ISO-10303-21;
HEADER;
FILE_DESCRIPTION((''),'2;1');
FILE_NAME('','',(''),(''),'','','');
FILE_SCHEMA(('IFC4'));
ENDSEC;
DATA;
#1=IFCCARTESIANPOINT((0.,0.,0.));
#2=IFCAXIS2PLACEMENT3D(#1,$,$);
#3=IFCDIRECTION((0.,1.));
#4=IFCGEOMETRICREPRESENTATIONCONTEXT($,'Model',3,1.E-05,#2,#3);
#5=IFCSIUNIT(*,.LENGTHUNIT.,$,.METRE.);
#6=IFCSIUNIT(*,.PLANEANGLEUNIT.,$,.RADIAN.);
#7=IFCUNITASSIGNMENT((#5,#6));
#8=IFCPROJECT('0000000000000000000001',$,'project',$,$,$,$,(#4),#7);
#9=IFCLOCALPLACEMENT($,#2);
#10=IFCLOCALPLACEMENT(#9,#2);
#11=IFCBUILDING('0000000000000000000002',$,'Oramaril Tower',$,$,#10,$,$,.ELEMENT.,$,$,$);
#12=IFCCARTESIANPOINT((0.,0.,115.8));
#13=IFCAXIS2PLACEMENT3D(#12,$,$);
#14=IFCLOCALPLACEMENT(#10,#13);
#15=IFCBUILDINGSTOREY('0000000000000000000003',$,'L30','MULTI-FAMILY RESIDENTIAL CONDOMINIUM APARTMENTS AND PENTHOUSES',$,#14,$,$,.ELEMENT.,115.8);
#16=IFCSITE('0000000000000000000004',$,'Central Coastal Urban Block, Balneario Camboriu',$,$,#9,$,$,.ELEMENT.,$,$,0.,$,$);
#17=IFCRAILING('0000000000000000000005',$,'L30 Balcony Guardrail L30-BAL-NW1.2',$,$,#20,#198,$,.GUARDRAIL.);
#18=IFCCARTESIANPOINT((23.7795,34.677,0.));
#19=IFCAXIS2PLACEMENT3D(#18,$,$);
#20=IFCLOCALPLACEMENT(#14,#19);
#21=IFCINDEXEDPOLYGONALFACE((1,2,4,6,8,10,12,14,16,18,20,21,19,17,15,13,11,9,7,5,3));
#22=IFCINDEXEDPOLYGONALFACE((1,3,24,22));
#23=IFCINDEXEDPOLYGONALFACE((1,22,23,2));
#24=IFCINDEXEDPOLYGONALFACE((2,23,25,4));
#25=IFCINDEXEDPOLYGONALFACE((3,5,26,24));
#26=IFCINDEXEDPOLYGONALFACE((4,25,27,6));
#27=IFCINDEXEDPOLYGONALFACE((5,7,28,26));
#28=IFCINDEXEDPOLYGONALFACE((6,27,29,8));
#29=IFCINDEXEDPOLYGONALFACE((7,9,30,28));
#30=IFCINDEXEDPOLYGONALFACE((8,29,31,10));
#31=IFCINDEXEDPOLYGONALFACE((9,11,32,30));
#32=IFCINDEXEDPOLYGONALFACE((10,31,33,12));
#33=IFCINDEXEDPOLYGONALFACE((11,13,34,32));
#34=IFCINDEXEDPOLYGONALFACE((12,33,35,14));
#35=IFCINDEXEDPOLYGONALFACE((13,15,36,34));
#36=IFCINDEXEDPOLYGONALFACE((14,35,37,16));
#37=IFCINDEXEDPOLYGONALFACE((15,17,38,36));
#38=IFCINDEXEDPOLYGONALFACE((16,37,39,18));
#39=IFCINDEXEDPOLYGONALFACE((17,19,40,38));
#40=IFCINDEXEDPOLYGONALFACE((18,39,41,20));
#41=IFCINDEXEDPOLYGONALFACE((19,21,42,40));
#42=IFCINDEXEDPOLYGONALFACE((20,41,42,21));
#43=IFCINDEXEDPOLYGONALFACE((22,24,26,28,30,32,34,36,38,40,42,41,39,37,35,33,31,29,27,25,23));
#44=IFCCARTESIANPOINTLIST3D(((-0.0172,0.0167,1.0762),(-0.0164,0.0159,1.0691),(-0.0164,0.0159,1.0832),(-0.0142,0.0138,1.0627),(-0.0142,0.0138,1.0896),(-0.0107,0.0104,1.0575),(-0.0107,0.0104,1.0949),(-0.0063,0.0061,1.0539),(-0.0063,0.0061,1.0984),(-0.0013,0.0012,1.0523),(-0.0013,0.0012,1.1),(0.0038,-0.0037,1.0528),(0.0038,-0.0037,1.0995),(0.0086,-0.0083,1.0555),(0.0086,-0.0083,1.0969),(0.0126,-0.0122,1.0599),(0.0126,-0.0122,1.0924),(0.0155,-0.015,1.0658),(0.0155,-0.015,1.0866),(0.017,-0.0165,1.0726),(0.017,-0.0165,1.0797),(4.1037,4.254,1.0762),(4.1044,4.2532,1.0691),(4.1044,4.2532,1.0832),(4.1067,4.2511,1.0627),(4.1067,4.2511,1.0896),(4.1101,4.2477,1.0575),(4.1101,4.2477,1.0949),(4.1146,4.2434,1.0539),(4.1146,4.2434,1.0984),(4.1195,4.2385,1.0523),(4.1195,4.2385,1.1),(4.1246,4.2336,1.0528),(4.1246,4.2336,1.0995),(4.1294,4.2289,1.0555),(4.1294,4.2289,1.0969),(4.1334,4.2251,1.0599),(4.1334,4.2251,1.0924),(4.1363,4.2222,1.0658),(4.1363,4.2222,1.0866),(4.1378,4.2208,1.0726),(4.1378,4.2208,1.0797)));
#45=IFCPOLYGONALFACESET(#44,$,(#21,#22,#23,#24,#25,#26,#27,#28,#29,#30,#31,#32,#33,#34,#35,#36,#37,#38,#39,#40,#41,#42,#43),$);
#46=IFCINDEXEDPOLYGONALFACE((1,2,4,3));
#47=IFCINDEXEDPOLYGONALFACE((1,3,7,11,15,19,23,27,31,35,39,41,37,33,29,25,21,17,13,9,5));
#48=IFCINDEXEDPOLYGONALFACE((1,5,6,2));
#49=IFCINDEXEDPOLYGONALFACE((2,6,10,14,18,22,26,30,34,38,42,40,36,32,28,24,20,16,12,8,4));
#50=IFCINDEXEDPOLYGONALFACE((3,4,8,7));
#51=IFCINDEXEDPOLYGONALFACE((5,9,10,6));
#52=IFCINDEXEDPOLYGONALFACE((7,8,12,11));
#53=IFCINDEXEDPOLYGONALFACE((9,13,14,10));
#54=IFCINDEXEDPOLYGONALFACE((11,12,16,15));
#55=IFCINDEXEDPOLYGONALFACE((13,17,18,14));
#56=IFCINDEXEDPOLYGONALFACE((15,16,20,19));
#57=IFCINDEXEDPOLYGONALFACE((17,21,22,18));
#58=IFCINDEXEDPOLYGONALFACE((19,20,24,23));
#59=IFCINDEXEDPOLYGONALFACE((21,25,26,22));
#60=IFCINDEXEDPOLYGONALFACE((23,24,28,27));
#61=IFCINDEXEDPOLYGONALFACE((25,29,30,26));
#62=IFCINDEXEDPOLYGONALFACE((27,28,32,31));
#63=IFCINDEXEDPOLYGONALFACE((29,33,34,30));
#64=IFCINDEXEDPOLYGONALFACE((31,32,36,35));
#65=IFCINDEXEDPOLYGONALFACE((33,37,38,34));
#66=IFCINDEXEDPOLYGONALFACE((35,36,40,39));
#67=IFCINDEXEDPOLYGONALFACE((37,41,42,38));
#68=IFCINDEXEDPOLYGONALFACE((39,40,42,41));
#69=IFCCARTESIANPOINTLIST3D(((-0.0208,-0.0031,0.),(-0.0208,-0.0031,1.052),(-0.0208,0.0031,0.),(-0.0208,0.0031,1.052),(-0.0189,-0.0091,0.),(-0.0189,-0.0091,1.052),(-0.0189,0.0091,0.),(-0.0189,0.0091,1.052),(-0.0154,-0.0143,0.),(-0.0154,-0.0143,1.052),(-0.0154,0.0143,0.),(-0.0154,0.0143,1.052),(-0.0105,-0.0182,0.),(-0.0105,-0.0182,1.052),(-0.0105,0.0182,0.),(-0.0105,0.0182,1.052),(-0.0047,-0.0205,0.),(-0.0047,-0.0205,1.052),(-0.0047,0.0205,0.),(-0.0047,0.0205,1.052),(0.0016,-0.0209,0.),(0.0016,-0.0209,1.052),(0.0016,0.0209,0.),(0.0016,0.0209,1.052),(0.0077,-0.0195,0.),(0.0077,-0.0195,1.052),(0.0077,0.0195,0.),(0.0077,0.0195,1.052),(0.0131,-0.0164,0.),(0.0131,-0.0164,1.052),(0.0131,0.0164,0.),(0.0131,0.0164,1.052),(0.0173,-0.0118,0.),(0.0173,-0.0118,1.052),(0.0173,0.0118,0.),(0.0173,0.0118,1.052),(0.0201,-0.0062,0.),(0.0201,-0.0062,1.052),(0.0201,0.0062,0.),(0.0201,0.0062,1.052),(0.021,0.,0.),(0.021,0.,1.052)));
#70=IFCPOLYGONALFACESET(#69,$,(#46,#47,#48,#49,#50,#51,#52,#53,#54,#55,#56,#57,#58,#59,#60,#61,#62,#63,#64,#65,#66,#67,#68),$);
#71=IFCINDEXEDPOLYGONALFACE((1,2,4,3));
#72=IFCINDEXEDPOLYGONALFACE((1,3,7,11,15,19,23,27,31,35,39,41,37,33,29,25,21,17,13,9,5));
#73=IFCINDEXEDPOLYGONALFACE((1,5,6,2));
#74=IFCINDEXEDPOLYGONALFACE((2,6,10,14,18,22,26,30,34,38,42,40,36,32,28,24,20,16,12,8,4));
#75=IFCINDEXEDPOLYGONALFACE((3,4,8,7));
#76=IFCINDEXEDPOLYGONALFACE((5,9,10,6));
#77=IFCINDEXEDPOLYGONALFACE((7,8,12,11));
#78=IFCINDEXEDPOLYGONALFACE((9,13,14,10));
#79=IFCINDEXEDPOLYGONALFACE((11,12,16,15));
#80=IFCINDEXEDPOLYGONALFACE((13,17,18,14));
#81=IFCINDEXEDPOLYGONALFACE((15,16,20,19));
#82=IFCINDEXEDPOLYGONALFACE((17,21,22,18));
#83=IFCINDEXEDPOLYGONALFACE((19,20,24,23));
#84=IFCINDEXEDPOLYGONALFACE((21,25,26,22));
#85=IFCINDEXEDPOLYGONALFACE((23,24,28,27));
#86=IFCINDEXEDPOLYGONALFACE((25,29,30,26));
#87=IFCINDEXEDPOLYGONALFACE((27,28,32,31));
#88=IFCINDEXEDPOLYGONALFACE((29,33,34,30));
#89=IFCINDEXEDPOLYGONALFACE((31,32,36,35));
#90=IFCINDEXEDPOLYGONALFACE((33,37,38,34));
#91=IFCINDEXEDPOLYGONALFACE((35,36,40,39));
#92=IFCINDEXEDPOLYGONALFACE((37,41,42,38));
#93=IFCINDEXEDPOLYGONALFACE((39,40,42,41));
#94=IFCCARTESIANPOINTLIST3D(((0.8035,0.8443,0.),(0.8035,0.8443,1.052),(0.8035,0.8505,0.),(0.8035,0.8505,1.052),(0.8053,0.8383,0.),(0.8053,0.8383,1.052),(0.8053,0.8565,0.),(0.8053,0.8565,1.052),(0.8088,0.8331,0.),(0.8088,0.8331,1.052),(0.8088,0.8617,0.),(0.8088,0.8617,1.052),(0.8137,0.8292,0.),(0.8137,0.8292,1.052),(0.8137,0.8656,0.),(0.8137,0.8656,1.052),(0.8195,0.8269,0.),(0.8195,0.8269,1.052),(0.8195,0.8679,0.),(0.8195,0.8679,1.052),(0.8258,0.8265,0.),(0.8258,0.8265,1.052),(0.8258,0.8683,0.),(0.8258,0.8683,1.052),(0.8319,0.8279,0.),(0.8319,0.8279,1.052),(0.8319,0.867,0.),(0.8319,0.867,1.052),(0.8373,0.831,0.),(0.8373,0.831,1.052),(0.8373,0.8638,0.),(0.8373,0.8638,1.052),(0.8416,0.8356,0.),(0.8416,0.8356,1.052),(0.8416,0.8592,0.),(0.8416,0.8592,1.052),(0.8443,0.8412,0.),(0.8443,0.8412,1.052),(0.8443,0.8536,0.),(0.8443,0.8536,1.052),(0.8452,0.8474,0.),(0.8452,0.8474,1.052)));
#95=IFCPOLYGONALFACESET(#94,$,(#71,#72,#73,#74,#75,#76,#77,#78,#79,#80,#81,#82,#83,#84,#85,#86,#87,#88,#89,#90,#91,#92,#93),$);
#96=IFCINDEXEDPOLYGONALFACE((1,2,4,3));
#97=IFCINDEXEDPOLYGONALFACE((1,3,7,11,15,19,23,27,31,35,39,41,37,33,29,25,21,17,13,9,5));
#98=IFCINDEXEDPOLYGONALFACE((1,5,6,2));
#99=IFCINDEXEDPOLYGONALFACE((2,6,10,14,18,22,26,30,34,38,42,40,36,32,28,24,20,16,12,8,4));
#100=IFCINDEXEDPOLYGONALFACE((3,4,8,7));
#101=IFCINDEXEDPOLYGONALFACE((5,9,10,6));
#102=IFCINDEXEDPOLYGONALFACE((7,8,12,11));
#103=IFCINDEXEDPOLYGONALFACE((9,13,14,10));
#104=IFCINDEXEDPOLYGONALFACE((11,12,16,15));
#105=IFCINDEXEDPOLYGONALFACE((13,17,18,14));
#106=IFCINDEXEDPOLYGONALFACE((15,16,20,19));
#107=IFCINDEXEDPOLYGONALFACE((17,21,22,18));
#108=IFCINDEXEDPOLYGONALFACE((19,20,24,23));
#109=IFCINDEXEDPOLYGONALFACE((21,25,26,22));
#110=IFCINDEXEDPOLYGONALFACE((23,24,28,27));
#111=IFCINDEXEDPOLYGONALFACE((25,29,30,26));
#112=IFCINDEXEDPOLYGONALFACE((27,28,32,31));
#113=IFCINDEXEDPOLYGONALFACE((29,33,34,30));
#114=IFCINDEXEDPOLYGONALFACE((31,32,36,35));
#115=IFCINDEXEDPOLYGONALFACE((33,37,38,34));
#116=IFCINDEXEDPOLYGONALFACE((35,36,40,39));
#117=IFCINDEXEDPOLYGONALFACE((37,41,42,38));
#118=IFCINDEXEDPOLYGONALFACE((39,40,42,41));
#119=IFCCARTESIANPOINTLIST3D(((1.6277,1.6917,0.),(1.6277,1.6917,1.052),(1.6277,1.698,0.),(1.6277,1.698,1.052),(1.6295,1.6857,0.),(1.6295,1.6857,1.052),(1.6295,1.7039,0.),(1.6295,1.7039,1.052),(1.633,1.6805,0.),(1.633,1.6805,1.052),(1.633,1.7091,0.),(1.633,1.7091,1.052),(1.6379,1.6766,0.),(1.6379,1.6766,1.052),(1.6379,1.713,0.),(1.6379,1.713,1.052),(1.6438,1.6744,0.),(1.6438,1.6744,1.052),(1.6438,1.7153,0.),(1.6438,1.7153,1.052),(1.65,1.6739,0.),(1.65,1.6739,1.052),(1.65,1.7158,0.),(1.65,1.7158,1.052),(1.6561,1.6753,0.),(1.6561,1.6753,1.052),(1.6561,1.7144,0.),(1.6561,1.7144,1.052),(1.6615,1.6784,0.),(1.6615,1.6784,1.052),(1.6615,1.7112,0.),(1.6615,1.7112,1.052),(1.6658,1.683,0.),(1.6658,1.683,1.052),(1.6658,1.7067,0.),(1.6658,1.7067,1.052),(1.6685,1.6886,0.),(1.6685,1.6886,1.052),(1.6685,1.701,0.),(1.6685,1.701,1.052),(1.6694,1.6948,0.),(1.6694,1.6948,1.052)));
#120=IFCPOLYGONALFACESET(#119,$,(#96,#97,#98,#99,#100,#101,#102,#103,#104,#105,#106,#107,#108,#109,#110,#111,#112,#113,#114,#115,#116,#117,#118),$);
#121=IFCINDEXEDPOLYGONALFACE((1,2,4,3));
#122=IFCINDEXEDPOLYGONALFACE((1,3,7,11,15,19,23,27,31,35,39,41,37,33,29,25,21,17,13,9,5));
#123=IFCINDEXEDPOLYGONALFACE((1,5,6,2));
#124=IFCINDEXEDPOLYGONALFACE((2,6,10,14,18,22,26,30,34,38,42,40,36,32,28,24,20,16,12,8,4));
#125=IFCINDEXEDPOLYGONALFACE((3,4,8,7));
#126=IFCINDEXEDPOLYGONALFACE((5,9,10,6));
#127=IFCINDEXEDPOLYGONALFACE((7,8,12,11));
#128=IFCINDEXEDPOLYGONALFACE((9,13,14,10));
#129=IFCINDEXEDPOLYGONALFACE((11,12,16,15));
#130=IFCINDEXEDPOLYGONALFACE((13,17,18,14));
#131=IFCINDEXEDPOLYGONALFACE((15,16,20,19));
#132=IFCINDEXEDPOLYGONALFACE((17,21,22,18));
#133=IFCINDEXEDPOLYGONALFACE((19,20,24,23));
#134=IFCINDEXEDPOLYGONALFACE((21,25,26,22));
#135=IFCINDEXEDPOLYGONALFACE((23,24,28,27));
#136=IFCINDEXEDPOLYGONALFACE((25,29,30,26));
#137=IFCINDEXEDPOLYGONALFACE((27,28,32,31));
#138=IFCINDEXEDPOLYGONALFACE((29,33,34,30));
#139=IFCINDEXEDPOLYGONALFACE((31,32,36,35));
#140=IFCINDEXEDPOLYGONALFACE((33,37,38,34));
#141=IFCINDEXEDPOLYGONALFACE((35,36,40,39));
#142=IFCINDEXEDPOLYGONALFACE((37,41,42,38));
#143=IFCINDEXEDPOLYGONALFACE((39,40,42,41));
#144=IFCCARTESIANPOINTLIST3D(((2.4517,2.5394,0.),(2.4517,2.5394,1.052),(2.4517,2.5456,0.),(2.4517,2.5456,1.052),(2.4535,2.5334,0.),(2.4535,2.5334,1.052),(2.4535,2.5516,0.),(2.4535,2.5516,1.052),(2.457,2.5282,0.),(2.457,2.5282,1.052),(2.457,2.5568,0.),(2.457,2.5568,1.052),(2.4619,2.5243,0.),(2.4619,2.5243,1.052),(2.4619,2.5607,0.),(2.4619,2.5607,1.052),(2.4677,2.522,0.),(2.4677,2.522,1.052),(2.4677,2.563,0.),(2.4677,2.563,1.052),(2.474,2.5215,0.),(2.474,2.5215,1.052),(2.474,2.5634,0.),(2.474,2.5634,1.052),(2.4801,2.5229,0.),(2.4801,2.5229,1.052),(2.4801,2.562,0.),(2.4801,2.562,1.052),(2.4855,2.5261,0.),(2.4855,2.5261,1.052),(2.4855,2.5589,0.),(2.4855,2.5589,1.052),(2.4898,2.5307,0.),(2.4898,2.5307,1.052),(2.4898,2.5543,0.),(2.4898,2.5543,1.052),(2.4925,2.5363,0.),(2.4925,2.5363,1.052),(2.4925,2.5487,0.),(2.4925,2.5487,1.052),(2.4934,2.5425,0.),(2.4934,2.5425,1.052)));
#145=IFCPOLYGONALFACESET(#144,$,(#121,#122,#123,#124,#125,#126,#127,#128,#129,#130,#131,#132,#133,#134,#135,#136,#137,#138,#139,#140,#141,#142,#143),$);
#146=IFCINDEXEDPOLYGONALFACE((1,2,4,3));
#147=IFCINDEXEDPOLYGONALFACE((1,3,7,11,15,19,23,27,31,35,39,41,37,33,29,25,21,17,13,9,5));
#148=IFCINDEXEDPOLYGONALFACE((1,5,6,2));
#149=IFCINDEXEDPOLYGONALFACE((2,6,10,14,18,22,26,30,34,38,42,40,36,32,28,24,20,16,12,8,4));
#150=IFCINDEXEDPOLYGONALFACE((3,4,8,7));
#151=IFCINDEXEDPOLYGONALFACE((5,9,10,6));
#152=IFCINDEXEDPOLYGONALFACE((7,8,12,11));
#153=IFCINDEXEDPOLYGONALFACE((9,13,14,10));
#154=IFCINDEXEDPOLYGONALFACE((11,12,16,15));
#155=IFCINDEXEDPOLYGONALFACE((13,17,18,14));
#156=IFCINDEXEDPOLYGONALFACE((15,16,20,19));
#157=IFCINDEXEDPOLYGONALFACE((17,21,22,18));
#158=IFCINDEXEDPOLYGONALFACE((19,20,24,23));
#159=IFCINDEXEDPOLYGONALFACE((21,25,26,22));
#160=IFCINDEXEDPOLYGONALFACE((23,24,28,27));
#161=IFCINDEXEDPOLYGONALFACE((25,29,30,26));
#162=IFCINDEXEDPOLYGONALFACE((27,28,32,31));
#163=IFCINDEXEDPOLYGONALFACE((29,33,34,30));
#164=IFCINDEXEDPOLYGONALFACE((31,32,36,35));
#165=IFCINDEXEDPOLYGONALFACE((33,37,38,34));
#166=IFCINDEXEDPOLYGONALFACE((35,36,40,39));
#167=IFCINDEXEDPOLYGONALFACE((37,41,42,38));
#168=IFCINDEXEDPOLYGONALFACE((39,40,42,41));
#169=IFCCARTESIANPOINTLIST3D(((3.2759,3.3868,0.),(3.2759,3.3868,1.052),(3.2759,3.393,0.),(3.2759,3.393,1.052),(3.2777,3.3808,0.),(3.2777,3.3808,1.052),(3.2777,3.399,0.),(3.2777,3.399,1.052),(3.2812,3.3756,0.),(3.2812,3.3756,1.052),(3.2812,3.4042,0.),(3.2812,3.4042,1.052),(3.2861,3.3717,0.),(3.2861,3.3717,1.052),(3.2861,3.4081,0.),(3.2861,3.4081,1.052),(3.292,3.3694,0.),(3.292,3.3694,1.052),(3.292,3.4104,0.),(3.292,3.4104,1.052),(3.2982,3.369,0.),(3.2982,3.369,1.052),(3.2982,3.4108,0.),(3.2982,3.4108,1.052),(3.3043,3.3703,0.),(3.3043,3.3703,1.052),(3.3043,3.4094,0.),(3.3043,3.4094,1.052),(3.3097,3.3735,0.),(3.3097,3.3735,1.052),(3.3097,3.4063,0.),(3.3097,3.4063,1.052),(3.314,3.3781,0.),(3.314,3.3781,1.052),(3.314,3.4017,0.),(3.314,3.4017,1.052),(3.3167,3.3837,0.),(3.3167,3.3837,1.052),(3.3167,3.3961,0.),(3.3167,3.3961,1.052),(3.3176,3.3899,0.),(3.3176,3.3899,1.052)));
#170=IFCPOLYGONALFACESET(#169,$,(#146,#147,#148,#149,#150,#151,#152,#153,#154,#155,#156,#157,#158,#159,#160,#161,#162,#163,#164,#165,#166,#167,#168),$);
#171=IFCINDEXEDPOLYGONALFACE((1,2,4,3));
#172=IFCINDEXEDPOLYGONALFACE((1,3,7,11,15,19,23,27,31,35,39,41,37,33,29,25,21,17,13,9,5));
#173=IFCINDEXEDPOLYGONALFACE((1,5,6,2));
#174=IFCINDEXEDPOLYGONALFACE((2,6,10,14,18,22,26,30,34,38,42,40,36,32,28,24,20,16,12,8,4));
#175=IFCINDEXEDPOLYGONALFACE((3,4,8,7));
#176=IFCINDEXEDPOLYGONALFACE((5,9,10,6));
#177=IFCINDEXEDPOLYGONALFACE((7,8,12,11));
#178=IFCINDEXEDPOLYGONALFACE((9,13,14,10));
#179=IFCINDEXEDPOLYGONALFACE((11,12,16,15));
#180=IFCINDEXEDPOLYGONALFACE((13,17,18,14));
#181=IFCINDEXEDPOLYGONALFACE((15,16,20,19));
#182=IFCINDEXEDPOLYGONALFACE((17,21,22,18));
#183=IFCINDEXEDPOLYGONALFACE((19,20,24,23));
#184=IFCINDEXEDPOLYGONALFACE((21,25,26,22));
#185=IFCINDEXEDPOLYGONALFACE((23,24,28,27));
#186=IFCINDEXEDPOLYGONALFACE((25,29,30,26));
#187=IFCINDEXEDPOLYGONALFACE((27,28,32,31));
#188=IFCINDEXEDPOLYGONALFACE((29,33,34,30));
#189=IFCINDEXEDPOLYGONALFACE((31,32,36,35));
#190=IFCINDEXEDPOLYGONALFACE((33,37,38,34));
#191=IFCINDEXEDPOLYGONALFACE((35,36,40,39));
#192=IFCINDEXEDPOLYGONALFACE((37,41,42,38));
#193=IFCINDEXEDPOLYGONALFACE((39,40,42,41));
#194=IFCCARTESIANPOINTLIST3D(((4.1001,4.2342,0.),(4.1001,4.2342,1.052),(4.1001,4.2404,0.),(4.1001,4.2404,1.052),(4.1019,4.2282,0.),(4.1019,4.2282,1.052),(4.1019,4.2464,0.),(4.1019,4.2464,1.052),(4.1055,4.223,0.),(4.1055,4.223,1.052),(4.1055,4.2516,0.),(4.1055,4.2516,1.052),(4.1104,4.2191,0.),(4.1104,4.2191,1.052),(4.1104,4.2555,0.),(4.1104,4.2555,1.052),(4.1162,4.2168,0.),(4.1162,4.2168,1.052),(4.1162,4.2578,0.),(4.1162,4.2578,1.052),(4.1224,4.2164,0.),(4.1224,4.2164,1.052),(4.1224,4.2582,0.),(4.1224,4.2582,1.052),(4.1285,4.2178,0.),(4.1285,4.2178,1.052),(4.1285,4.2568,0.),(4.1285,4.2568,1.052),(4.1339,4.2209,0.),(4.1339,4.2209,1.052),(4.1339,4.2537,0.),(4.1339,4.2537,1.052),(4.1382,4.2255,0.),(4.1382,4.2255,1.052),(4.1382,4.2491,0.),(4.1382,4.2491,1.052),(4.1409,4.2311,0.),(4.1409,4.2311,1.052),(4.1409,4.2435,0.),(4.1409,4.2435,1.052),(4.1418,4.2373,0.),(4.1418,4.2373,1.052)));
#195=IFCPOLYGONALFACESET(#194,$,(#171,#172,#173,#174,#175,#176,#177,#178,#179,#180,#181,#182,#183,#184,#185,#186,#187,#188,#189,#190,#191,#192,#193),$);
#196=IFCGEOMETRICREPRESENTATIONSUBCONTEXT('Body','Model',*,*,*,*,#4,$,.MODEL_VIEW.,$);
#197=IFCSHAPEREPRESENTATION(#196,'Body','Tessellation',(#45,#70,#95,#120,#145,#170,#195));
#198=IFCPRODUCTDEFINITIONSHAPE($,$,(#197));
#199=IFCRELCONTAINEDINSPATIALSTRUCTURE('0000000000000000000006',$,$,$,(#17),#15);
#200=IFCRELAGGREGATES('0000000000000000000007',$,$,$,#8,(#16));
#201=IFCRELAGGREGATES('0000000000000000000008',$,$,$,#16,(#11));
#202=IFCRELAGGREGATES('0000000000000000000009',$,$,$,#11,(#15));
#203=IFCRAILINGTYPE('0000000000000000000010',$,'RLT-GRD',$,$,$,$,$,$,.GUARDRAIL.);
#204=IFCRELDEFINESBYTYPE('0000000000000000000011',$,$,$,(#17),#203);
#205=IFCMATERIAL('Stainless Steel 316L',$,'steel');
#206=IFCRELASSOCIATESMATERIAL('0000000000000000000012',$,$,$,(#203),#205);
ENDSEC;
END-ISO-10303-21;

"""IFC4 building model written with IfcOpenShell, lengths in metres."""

from ifc_helpers import new_model, si_unit, direction, frame, origin, origin_2d, place, context, subcontext, project, spatial, circle, extrude, material, type_object, element, save


model = new_model("IFC4")

# Units and contexts
model_context = context("Model", 3, precision=1e-05, world=origin(), true_north=direction((0.0, 1.0)))
body_context = subcontext(model_context, "Body", "Model", "MODEL_VIEW")
ifc_project = project(units=[si_unit("LENGTHUNIT", "METRE"), si_unit("PLANEANGLEUNIT", "RADIAN")], contexts=[model_context])

# Site, building, storey
site_placement = place(None, origin())
site = spatial("IfcSite", under=ifc_project, at=site_placement, Name="Central Coastal Urban Block, Balneario Camboriu", CompositionType="ELEMENT", RefElevation=0.0)
building_placement = place(site_placement, origin())
building = spatial("IfcBuilding", under=site, at=building_placement, Name="Oramaril Tower", CompositionType="ELEMENT")
storey_placement = place(building_placement, frame((0.0, 0.0, 115.8)))
storey = spatial("IfcBuildingStorey", under=building, at=storey_placement, Name="L30", Description="MULTI-FAMILY RESIDENTIAL CONDOMINIUM APARTMENTS AND PENTHOUSES", CompositionType="ELEMENT", Elevation=115.8)

# Railing
ifc_material_1 = material(Name="Stainless Steel 316L", Category="steel")
railing_type = type_object("IfcRailingType", Name="RLT-GRD", PredefinedType="GUARDRAIL", material=ifc_material_1)
railing_1_placement = place(storey_placement, frame((23.7795, 34.677, 0.0)))
element("IfcRailing", 1, at=railing_1_placement, inside=storey, type_object=railing_type, Name="L30 Balcony Guardrail L30-BAL-NW1.2", PredefinedType="GUARDRAIL", context=body_context, shape_type="SweptSolid", body=[
    extrude(circle(Radius=0.0239, at=origin_2d()), frame((0.0, 0.0, 1.0762), z_axis=(0.697187, 0.716889, 0.0), x_axis=(-0.716889, 0.697187, 0.0)), (0.0, 0.0, 1.0), 5.9106),
    extrude(circle(Radius=0.021, at=origin_2d()), origin(), (0.0, 0.0, 1.0), 1.052),
    extrude(circle(Radius=0.021, at=origin_2d()), frame((0.8242, 0.8474, 0.0)), (0.0, 0.0, 1.0), 1.052),
    extrude(circle(Radius=0.021, at=origin_2d()), frame((1.6484, 1.6948, 0.0)), (0.0, 0.0, 1.0), 1.052),
    extrude(circle(Radius=0.021, at=origin_2d()), frame((2.4724, 2.5425, 0.0)), (0.0, 0.0, 1.0), 1.052),
    extrude(circle(Radius=0.021, at=origin_2d()), frame((3.2966, 3.3899, 0.0)), (0.0, 0.0, 1.0), 1.052),
    extrude(circle(Radius=0.021, at=origin_2d()), frame((4.1208, 4.2373, 0.0)), (0.0, 0.0, 1.0), 1.052),
])

save(model, "model.ifc")
